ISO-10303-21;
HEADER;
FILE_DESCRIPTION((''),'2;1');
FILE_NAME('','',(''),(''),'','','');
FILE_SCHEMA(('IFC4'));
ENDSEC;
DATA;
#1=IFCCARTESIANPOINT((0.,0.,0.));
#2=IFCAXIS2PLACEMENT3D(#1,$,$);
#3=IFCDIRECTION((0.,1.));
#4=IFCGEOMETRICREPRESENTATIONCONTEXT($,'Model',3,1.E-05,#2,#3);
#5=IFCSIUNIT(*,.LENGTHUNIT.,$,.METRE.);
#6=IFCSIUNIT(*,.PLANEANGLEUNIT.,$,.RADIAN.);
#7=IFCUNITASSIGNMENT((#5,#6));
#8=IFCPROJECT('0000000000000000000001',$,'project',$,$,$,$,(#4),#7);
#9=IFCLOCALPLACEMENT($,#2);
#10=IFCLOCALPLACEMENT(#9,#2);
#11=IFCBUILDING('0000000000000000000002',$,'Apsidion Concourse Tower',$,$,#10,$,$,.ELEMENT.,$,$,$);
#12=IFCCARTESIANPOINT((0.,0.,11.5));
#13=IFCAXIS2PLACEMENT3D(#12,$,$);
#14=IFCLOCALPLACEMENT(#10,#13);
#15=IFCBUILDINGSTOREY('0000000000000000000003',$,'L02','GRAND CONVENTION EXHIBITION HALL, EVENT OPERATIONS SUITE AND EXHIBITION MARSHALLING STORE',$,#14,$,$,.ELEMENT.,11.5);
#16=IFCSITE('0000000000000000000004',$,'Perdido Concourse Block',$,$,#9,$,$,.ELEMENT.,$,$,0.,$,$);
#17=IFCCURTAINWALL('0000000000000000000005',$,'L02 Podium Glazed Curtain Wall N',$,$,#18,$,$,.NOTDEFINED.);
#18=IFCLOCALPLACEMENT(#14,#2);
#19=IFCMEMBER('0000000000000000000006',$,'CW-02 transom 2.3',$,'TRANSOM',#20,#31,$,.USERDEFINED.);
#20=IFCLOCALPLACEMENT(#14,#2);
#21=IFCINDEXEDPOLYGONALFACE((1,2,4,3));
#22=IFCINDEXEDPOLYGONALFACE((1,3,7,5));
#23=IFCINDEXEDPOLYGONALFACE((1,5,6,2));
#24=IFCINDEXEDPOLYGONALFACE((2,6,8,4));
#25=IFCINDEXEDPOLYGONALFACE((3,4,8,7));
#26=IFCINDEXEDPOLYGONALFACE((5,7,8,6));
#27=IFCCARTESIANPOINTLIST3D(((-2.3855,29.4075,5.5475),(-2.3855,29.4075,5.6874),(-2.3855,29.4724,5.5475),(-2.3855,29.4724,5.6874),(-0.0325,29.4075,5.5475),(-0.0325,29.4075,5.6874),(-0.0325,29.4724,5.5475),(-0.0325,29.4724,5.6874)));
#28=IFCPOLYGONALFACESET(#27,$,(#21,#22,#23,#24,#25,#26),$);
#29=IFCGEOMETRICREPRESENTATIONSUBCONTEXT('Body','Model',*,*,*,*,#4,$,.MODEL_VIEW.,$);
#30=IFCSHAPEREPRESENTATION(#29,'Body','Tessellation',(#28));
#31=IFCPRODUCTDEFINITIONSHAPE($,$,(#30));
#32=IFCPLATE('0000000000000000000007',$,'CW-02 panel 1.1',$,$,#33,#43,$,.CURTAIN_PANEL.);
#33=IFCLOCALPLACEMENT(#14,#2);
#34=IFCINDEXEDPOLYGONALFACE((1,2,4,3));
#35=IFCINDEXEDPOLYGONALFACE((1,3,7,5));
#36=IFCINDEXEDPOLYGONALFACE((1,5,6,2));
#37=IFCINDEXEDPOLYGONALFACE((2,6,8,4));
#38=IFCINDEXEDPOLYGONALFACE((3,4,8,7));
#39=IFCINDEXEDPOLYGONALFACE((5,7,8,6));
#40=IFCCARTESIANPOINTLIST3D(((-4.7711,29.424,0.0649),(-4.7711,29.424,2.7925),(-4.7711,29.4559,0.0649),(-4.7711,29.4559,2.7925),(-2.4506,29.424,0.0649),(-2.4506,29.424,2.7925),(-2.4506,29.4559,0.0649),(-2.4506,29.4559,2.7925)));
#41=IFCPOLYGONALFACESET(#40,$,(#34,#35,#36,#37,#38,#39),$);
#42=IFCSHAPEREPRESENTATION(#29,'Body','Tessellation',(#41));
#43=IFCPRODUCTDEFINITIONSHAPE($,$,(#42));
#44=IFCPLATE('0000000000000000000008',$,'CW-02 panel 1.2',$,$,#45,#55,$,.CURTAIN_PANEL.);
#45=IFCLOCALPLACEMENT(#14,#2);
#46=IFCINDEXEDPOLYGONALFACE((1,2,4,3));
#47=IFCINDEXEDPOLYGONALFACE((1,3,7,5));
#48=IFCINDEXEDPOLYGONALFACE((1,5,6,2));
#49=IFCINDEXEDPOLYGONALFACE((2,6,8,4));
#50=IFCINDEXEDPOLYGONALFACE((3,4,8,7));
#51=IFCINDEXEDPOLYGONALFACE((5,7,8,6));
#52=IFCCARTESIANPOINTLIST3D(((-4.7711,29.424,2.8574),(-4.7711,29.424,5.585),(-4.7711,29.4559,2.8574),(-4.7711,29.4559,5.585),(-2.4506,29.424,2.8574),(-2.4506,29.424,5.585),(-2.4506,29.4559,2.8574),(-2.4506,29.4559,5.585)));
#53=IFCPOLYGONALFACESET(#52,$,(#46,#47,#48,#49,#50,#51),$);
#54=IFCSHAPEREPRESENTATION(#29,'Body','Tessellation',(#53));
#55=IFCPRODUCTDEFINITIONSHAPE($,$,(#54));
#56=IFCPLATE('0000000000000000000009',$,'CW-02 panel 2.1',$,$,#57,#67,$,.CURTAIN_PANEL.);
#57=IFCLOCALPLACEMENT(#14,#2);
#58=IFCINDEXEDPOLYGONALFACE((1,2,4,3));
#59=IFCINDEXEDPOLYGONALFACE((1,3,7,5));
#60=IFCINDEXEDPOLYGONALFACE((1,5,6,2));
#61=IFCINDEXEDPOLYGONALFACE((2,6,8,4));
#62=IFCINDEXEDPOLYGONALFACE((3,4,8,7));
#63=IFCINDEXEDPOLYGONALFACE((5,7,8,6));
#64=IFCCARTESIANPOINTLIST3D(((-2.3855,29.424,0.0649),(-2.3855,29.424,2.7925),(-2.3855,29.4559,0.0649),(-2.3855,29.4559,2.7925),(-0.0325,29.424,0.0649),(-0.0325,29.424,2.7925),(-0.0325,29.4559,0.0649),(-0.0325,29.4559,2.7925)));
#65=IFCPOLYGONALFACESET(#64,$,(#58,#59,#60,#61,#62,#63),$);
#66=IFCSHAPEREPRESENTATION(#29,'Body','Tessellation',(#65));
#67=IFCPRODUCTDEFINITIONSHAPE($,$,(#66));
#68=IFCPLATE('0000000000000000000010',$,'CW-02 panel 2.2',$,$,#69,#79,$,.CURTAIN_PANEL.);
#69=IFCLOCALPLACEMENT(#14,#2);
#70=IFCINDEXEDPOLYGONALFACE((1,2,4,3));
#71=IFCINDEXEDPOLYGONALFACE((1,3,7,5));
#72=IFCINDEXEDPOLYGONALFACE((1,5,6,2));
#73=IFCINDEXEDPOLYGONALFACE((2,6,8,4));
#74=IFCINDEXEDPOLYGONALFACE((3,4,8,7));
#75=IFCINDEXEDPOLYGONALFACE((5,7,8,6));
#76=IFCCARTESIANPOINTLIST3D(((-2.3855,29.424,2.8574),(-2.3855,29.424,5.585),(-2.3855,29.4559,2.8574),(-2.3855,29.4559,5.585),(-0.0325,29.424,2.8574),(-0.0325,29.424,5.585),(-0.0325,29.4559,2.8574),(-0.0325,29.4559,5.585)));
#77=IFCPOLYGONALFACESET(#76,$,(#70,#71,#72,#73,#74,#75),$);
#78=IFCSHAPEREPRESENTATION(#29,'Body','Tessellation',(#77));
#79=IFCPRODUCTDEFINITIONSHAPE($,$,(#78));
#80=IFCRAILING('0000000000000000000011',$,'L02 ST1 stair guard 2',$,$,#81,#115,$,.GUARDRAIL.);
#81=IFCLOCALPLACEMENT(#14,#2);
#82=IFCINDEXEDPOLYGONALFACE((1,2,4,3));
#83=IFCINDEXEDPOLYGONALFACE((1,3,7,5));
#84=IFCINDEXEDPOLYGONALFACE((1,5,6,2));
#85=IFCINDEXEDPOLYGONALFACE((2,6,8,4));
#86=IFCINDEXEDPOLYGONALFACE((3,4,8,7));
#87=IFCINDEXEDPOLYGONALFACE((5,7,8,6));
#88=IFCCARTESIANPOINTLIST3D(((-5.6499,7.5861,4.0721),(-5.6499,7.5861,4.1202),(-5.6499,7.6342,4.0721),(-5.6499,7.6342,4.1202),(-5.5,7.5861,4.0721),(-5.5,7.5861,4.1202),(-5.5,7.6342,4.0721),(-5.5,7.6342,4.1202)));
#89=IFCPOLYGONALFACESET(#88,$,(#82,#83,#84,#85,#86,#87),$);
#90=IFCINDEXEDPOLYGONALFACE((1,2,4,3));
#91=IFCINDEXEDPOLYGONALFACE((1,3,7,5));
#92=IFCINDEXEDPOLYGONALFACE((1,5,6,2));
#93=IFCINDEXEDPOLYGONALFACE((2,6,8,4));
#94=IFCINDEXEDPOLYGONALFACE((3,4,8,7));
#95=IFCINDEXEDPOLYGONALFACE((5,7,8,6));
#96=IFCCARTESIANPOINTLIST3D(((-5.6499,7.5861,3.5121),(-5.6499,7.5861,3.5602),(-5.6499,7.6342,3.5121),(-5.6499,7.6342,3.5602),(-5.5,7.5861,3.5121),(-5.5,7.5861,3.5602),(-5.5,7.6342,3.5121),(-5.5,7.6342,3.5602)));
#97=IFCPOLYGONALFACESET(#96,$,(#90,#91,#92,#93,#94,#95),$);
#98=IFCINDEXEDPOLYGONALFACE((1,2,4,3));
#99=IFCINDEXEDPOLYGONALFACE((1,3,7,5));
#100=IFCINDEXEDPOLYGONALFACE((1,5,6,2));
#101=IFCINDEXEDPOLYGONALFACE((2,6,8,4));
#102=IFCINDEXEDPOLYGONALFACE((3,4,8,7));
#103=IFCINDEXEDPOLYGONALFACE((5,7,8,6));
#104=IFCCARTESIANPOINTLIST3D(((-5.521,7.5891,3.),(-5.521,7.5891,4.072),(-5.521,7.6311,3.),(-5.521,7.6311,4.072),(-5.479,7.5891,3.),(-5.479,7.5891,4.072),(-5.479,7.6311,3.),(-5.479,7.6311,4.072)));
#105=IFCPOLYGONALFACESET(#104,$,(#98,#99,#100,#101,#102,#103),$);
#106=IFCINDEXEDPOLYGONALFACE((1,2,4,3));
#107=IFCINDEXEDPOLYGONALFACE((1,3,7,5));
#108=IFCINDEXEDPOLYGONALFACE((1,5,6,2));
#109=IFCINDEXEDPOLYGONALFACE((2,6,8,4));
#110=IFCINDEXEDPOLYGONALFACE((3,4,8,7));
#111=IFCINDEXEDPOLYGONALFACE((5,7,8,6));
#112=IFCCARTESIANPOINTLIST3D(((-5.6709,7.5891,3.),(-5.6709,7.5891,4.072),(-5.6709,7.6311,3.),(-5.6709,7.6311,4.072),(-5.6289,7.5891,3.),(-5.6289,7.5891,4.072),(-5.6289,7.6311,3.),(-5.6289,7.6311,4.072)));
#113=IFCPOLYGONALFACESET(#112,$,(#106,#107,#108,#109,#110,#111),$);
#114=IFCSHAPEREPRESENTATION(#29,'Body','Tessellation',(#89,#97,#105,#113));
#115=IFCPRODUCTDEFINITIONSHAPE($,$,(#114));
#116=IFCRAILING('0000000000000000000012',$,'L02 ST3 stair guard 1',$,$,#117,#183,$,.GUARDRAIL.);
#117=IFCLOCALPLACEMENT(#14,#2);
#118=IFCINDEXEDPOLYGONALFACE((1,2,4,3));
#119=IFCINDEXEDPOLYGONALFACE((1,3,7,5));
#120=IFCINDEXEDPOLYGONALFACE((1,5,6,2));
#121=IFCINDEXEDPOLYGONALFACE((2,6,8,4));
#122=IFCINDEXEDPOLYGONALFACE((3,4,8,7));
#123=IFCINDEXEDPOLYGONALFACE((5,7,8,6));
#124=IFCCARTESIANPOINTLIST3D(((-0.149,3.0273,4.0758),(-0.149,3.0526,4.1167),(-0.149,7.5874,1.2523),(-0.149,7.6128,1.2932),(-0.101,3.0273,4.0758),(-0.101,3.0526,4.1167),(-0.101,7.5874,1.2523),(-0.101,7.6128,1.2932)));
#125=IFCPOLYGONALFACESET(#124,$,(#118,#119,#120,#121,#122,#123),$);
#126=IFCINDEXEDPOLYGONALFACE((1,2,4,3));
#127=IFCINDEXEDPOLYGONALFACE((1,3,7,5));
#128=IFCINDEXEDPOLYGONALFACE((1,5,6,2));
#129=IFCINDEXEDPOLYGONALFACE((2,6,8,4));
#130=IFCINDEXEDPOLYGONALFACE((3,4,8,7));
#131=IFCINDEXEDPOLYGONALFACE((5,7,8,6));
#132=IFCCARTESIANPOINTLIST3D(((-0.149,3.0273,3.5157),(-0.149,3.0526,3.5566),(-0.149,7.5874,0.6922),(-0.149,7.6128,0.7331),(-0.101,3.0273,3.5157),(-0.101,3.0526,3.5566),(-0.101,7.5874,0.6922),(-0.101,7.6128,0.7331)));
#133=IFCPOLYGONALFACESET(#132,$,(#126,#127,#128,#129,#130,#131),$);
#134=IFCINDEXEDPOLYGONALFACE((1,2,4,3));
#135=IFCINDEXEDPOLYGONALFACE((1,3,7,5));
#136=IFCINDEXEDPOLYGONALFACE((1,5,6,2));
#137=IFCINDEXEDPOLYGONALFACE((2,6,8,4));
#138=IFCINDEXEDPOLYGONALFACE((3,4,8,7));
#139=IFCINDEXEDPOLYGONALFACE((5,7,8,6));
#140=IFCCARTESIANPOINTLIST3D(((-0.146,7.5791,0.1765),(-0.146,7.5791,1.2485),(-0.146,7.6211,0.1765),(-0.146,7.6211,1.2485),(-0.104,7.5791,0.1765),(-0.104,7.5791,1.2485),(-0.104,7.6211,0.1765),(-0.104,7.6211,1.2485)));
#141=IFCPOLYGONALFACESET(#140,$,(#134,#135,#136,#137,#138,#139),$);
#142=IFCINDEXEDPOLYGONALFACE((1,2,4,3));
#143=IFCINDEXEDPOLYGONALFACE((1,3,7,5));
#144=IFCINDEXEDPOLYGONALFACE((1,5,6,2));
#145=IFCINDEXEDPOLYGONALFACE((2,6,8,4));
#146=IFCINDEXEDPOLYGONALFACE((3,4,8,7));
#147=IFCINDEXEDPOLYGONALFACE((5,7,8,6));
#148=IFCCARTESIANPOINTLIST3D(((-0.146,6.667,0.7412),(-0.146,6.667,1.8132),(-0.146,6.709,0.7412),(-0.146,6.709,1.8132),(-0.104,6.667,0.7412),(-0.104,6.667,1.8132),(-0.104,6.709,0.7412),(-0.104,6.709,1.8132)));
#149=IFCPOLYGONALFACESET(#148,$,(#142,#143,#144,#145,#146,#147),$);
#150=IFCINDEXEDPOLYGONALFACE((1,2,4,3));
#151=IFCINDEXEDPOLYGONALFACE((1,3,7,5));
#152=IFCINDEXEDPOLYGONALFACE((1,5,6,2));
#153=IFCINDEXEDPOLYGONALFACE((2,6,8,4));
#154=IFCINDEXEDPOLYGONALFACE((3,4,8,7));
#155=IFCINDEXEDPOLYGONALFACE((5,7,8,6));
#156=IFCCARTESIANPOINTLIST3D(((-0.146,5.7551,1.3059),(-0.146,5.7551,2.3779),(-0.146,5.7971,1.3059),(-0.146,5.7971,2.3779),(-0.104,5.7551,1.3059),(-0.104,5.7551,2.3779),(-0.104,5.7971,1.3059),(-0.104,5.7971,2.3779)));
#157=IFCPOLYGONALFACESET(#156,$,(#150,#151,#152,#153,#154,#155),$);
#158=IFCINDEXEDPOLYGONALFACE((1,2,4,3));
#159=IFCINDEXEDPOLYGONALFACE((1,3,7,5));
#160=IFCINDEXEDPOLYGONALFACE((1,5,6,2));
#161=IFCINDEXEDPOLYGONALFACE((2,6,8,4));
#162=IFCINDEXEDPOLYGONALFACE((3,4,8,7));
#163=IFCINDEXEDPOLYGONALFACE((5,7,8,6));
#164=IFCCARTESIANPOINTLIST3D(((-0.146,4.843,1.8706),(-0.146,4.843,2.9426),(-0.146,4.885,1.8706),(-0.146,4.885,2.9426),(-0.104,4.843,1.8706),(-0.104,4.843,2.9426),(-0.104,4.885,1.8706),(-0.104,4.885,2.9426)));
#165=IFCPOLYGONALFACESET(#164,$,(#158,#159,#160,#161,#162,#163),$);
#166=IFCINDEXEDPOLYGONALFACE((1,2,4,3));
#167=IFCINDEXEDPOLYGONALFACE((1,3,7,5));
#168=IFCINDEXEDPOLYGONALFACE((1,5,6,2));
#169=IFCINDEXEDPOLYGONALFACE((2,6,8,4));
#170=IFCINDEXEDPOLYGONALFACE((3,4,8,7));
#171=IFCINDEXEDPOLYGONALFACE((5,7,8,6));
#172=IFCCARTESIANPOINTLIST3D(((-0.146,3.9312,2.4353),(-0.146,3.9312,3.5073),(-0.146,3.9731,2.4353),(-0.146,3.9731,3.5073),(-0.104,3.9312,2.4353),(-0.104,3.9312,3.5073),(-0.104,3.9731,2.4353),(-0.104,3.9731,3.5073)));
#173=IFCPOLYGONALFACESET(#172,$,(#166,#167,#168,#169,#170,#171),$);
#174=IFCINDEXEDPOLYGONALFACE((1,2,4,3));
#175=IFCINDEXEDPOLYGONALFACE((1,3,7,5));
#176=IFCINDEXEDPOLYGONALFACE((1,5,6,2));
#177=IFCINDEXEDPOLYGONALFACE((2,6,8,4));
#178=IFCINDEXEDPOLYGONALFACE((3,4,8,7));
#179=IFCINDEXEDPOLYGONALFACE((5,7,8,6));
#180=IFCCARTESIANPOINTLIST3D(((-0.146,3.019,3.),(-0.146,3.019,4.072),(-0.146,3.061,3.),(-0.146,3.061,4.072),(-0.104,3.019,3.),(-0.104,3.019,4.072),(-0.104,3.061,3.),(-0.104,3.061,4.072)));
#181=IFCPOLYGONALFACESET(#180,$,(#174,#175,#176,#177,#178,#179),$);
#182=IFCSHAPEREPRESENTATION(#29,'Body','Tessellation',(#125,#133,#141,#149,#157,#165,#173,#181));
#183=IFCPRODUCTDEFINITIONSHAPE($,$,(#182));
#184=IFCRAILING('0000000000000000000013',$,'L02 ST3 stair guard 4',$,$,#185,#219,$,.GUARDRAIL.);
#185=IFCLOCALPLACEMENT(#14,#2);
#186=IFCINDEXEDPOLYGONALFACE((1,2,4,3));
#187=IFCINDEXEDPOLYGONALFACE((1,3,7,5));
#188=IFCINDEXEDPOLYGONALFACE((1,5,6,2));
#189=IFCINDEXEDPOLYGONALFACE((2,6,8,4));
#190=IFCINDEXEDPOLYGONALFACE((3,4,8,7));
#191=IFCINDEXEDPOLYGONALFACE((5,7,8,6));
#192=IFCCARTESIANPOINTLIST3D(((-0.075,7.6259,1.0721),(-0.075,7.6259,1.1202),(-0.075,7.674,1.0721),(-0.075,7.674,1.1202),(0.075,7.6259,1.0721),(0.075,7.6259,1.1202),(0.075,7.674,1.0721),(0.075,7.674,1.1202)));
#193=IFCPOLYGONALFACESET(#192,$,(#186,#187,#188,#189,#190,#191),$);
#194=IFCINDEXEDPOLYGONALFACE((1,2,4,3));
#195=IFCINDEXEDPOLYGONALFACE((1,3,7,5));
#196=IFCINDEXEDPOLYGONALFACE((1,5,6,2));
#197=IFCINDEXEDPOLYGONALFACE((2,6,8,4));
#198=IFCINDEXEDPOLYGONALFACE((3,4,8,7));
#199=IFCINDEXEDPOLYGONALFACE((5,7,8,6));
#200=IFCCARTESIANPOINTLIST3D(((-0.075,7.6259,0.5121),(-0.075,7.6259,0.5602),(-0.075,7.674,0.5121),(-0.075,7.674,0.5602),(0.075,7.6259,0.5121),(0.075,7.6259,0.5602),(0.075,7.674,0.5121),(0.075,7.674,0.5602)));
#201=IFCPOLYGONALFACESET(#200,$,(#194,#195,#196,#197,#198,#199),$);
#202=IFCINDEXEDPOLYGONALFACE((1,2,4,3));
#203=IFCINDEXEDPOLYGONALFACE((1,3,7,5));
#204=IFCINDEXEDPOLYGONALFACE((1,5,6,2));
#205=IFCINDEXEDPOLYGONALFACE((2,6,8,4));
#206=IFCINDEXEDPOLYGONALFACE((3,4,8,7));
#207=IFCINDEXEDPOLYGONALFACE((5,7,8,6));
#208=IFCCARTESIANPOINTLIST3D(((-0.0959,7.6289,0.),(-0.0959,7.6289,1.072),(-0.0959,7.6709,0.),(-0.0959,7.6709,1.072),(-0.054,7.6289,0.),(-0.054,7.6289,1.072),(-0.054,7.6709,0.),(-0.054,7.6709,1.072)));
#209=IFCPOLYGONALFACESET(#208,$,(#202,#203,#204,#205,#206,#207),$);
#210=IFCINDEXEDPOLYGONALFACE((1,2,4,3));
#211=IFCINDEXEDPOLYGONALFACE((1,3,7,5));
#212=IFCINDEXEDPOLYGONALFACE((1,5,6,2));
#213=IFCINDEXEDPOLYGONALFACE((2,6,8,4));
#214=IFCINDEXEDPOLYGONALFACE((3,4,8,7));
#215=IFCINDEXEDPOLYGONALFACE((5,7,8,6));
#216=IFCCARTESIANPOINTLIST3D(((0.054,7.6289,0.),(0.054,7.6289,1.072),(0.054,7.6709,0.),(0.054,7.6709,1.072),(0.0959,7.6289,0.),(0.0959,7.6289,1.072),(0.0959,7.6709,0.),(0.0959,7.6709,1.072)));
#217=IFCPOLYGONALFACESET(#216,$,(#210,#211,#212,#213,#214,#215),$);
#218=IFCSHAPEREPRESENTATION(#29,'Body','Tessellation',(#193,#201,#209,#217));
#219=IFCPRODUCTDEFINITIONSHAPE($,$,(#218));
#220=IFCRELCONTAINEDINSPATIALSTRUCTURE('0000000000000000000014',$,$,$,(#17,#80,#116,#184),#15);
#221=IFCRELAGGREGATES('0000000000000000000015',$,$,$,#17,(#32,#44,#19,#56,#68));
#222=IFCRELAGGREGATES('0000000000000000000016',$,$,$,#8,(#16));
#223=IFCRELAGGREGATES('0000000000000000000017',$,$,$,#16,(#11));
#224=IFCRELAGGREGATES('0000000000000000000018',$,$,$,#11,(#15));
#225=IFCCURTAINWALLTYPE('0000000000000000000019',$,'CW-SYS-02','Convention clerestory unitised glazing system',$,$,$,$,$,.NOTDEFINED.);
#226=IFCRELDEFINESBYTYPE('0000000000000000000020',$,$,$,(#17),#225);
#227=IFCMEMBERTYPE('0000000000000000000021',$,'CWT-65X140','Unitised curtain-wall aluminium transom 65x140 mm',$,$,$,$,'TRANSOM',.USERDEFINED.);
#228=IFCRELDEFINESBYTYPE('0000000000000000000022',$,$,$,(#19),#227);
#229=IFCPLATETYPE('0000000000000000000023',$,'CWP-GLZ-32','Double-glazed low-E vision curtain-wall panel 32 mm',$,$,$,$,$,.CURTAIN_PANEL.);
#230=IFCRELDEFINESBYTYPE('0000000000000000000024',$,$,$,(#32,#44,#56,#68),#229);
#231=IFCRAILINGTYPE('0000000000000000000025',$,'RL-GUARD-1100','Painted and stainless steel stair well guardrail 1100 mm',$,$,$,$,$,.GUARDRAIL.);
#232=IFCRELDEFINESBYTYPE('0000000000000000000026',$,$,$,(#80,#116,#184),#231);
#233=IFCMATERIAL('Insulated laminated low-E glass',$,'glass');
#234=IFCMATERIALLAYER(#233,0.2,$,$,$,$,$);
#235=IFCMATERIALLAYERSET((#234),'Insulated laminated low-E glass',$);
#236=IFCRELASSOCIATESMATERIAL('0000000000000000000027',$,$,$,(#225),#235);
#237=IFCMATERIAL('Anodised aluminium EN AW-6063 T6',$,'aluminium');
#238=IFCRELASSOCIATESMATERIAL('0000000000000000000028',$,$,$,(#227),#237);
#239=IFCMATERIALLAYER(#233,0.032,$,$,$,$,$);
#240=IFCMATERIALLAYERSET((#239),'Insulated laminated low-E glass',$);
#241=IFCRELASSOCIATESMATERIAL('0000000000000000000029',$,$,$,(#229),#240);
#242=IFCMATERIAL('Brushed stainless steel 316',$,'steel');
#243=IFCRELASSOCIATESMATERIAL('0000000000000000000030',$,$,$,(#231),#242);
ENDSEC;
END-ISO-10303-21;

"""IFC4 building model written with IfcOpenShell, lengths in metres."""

from ifc_helpers import new_model, si_unit, direction, frame, origin, origin_2d, place, context, subcontext, project, spatial, rectangle, extrude, material, layer, layer_set, material_profile, profile_set, type_object, element, aggregate, save


model = new_model("IFC4")

# Units and contexts
model_context = context("Model", 3, precision=1e-05, world=origin(), true_north=direction((0.0, 1.0)))
body_context = subcontext(model_context, "Body", "Model", "MODEL_VIEW")
ifc_project = project(units=[si_unit("LENGTHUNIT", "METRE"), si_unit("PLANEANGLEUNIT", "RADIAN")], contexts=[model_context])

# Site, building, storey
site_placement = place(None, origin())
site = spatial("IfcSite", under=ifc_project, at=site_placement, Name="Perdido Concourse Block", CompositionType="ELEMENT", RefElevation=0.0)
building_placement = place(site_placement, origin())
building = spatial("IfcBuilding", under=site, at=building_placement, Name="Apsidion Concourse Tower", CompositionType="ELEMENT")
storey_placement = place(building_placement, frame((0.0, 0.0, 11.5)))
storey = spatial("IfcBuildingStorey", under=building, at=storey_placement, Name="L02", Description="GRAND CONVENTION EXHIBITION HALL, EVENT OPERATIONS SUITE AND EXHIBITION MARSHALLING STORE", CompositionType="ELEMENT", Elevation=11.5)

# Curtain wall, member, plates
ifc_material_1 = material(Name="Insulated laminated low-E glass", Category="glass")
ifc_layer_1 = layer(ifc_material_1, 0.2)
ifc_layer_set_1 = layer_set([ifc_layer_1], Name="Insulated laminated low-E glass")
curtain_wall_type = type_object("IfcCurtainWallType", Name="CW-SYS-02", Description="Convention clerestory unitised glazing system", PredefinedType="NOTDEFINED", material=ifc_layer_set_1)
curtain_wall_placement = place(storey_placement, origin())
curtain_wall = element("IfcCurtainWall", 1, at=curtain_wall_placement, inside=storey, type_object=curtain_wall_type, Name="L02 Podium Glazed Curtain Wall N", PredefinedType="NOTDEFINED")
ifc_material_2 = material(Name="Anodised aluminium EN AW-6063 T6", Category="aluminium")
ifc_material_profile_1 = material_profile(ifc_material_2, rectangle(XDim=0.0649, YDim=0.1399, at=origin_2d()), Name="ALU TRANSOM 65x140")
ifc_profile_set_1 = profile_set([ifc_material_profile_1], Name="Anodised aluminium EN AW-6063 T6")
member_type_1 = type_object("IfcMemberType", Name="CWT-65X140", Description="Unitised curtain-wall aluminium transom 65x140 mm", ElementType="TRANSOM", PredefinedType="USERDEFINED", material=ifc_profile_set_1)
member_1_placement = place(storey_placement, frame((-2.3855, 29.4399, 5.6174), z_axis=(1.0, 0.0, 0.0), x_axis=(0.0, 1.0, 0.0)))
member_1 = element("IfcMember", 2, at=member_1_placement, type_object=member_type_1, Name="CW-02 transom 2.3", ObjectType="TRANSOM", PredefinedType="USERDEFINED", context=body_context, shape_type="SweptSolid", body=[
    extrude(rectangle(XDim=0.0649, YDim=0.1399, at=origin_2d()), origin(), (0.0, 0.0, 1.0), 2.353),
])
ifc_layer_2 = layer(ifc_material_1, 0.032)
ifc_layer_set_2 = layer_set([ifc_layer_2], Name="Insulated laminated low-E glass")
plate_type = type_object("IfcPlateType", Name="CWP-GLZ-32", Description="Double-glazed low-E vision curtain-wall panel 32 mm", PredefinedType="CURTAIN_PANEL", material=ifc_layer_set_2)
plate_1_placement = place(storey_placement, frame((-3.6108, 29.4399, 0.0649), z_axis=(0.0, 0.0, 1.0), x_axis=(1.0, 0.0, 0.0)))
plate_1 = element("IfcPlate", 3, at=plate_1_placement, type_object=plate_type, Name="CW-02 panel 1.1", PredefinedType="CURTAIN_PANEL", context=body_context, shape_type="SweptSolid", body=[
    extrude(rectangle(XDim=2.3206, YDim=0.032, at=origin_2d()), origin(), (0.0, 0.0, 1.0), 2.7275),
])
plate_2_placement = place(storey_placement, frame((-3.6108, 29.4399, 2.8574), z_axis=(0.0, 0.0, 1.0), x_axis=(1.0, 0.0, 0.0)))
plate_2 = element("IfcPlate", 4, at=plate_2_placement, type_object=plate_type, Name="CW-02 panel 1.2", PredefinedType="CURTAIN_PANEL", context=body_context, shape_type="SweptSolid", body=[
    extrude(rectangle(XDim=2.3206, YDim=0.032, at=origin_2d()), origin(), (0.0, 0.0, 1.0), 2.7275),
])
plate_3_placement = place(storey_placement, frame((-1.209, 29.4399, 0.0649), z_axis=(0.0, 0.0, 1.0), x_axis=(1.0, 0.0, 0.0)))
plate_3 = element("IfcPlate", 5, at=plate_3_placement, type_object=plate_type, Name="CW-02 panel 2.1", PredefinedType="CURTAIN_PANEL", context=body_context, shape_type="SweptSolid", body=[
    extrude(rectangle(XDim=2.353, YDim=0.032, at=origin_2d()), origin(), (0.0, 0.0, 1.0), 2.7275),
])
plate_4_placement = place(storey_placement, frame((-1.209, 29.4399, 2.8574), z_axis=(0.0, 0.0, 1.0), x_axis=(1.0, 0.0, 0.0)))
plate_4 = element("IfcPlate", 6, at=plate_4_placement, type_object=plate_type, Name="CW-02 panel 2.2", PredefinedType="CURTAIN_PANEL", context=body_context, shape_type="SweptSolid", body=[
    extrude(rectangle(XDim=2.353, YDim=0.032, at=origin_2d()), origin(), (0.0, 0.0, 1.0), 2.7275),
])
aggregate(curtain_wall, [plate_1, plate_2, member_1, plate_3, plate_4])

# Shared definitions
ifc_material_3 = material(Name="Brushed stainless steel 316", Category="steel")

# Railings
railing_type = type_object("IfcRailingType", Name="RL-GUARD-1100", Description="Painted and stainless steel stair well guardrail 1100 mm", PredefinedType="GUARDRAIL", material=ifc_material_3)
railing_1_placement = place(storey_placement, frame((-5.5, 7.6101, 3.0)))
element("IfcRailing", 7, at=railing_1_placement, inside=storey, type_object=railing_type, Name="L02 ST1 stair guard 2", PredefinedType="GUARDRAIL", context=body_context, shape_type="SweptSolid", body=[
    extrude(rectangle(XDim=0.0481, YDim=0.0481, at=origin_2d()), frame((0.0, 0.0, 1.0962), z_axis=(-1.0, 0.0, 0.0), x_axis=(0.0, -1.0, 0.0)), (0.0, 0.0, 1.0), 0.1499),
    extrude(rectangle(XDim=0.0481, YDim=0.0481, at=origin_2d()), frame((0.0, 0.0, 0.5361), z_axis=(-1.0, 0.0, 0.0), x_axis=(0.0, -1.0, 0.0)), (0.0, 0.0, 1.0), 0.1499),
    extrude(rectangle(XDim=0.042, YDim=0.042, at=origin_2d()), origin(), (0.0, 0.0, 1.0), 1.072),
    extrude(rectangle(XDim=0.042, YDim=0.042, at=origin_2d()), frame((-0.1499, 0.0, 0.0)), (0.0, 0.0, 1.0), 1.072),
])
railing_2_placement = place(storey_placement, frame((-0.125, 7.6001, 0.1765)))
element("IfcRailing", 8, at=railing_2_placement, inside=storey, type_object=railing_type, Name="L02 ST3 stair guard 1", PredefinedType="GUARDRAIL", context=body_context, shape_type="SweptSolid", body=[
    extrude(rectangle(XDim=0.0481, YDim=0.0481, at=origin_2d()), frame((0.0, 0.0, 1.0962), z_axis=(0.0, -0.850216, 0.526435), x_axis=(1.0, 0.0, 0.0)), (0.0, 0.0, 1.0), 5.3635),
    extrude(rectangle(XDim=0.0481, YDim=0.0481, at=origin_2d()), frame((0.0, 0.0, 0.5361), z_axis=(0.0, -0.850216, 0.526435), x_axis=(1.0, 0.0, 0.0)), (0.0, 0.0, 1.0), 5.3635),
    extrude(rectangle(XDim=0.042, YDim=0.042, at=origin_2d()), origin(), (0.0, 0.0, 1.0), 1.072),
    extrude(rectangle(XDim=0.042, YDim=0.042, at=origin_2d()), frame((0.0, -0.9121, 0.5647)), (0.0, 0.0, 1.0), 1.072),
    extrude(rectangle(XDim=0.042, YDim=0.042, at=origin_2d()), frame((0.0, -1.824, 1.1294)), (0.0, 0.0, 1.0), 1.072),
    extrude(rectangle(XDim=0.042, YDim=0.042, at=origin_2d()), frame((0.0, -2.7361, 1.6941)), (0.0, 0.0, 1.0), 1.072),
    extrude(rectangle(XDim=0.042, YDim=0.042, at=origin_2d()), frame((0.0, -3.6479, 2.2588)), (0.0, 0.0, 1.0), 1.072),
    extrude(rectangle(XDim=0.042, YDim=0.042, at=origin_2d()), frame((0.0, -4.5601, 2.8235)), (0.0, 0.0, 1.0), 1.072),
])
railing_3_placement = place(storey_placement, frame((-0.075, 7.6499, 0.0)))
element("IfcRailing", 9, at=railing_3_placement, inside=storey, type_object=railing_type, Name="L02 ST3 stair guard 4", PredefinedType="GUARDRAIL", context=body_context, shape_type="SweptSolid", body=[
    extrude(rectangle(XDim=0.0481, YDim=0.0481, at=origin_2d()), frame((0.0, 0.0, 1.0962), z_axis=(1.0, 0.0, 0.0), x_axis=(0.0, 1.0, 0.0)), (0.0, 0.0, 1.0), 0.1499),
    extrude(rectangle(XDim=0.0481, YDim=0.0481, at=origin_2d()), frame((0.0, 0.0, 0.5361), z_axis=(1.0, 0.0, 0.0), x_axis=(0.0, 1.0, 0.0)), (0.0, 0.0, 1.0), 0.1499),
    extrude(rectangle(XDim=0.042, YDim=0.042, at=origin_2d()), origin(), (0.0, 0.0, 1.0), 1.072),
    extrude(rectangle(XDim=0.042, YDim=0.042, at=origin_2d()), frame((0.1499, 0.0, 0.0)), (0.0, 0.0, 1.0), 1.072),
])

save(model, "model.ifc")
